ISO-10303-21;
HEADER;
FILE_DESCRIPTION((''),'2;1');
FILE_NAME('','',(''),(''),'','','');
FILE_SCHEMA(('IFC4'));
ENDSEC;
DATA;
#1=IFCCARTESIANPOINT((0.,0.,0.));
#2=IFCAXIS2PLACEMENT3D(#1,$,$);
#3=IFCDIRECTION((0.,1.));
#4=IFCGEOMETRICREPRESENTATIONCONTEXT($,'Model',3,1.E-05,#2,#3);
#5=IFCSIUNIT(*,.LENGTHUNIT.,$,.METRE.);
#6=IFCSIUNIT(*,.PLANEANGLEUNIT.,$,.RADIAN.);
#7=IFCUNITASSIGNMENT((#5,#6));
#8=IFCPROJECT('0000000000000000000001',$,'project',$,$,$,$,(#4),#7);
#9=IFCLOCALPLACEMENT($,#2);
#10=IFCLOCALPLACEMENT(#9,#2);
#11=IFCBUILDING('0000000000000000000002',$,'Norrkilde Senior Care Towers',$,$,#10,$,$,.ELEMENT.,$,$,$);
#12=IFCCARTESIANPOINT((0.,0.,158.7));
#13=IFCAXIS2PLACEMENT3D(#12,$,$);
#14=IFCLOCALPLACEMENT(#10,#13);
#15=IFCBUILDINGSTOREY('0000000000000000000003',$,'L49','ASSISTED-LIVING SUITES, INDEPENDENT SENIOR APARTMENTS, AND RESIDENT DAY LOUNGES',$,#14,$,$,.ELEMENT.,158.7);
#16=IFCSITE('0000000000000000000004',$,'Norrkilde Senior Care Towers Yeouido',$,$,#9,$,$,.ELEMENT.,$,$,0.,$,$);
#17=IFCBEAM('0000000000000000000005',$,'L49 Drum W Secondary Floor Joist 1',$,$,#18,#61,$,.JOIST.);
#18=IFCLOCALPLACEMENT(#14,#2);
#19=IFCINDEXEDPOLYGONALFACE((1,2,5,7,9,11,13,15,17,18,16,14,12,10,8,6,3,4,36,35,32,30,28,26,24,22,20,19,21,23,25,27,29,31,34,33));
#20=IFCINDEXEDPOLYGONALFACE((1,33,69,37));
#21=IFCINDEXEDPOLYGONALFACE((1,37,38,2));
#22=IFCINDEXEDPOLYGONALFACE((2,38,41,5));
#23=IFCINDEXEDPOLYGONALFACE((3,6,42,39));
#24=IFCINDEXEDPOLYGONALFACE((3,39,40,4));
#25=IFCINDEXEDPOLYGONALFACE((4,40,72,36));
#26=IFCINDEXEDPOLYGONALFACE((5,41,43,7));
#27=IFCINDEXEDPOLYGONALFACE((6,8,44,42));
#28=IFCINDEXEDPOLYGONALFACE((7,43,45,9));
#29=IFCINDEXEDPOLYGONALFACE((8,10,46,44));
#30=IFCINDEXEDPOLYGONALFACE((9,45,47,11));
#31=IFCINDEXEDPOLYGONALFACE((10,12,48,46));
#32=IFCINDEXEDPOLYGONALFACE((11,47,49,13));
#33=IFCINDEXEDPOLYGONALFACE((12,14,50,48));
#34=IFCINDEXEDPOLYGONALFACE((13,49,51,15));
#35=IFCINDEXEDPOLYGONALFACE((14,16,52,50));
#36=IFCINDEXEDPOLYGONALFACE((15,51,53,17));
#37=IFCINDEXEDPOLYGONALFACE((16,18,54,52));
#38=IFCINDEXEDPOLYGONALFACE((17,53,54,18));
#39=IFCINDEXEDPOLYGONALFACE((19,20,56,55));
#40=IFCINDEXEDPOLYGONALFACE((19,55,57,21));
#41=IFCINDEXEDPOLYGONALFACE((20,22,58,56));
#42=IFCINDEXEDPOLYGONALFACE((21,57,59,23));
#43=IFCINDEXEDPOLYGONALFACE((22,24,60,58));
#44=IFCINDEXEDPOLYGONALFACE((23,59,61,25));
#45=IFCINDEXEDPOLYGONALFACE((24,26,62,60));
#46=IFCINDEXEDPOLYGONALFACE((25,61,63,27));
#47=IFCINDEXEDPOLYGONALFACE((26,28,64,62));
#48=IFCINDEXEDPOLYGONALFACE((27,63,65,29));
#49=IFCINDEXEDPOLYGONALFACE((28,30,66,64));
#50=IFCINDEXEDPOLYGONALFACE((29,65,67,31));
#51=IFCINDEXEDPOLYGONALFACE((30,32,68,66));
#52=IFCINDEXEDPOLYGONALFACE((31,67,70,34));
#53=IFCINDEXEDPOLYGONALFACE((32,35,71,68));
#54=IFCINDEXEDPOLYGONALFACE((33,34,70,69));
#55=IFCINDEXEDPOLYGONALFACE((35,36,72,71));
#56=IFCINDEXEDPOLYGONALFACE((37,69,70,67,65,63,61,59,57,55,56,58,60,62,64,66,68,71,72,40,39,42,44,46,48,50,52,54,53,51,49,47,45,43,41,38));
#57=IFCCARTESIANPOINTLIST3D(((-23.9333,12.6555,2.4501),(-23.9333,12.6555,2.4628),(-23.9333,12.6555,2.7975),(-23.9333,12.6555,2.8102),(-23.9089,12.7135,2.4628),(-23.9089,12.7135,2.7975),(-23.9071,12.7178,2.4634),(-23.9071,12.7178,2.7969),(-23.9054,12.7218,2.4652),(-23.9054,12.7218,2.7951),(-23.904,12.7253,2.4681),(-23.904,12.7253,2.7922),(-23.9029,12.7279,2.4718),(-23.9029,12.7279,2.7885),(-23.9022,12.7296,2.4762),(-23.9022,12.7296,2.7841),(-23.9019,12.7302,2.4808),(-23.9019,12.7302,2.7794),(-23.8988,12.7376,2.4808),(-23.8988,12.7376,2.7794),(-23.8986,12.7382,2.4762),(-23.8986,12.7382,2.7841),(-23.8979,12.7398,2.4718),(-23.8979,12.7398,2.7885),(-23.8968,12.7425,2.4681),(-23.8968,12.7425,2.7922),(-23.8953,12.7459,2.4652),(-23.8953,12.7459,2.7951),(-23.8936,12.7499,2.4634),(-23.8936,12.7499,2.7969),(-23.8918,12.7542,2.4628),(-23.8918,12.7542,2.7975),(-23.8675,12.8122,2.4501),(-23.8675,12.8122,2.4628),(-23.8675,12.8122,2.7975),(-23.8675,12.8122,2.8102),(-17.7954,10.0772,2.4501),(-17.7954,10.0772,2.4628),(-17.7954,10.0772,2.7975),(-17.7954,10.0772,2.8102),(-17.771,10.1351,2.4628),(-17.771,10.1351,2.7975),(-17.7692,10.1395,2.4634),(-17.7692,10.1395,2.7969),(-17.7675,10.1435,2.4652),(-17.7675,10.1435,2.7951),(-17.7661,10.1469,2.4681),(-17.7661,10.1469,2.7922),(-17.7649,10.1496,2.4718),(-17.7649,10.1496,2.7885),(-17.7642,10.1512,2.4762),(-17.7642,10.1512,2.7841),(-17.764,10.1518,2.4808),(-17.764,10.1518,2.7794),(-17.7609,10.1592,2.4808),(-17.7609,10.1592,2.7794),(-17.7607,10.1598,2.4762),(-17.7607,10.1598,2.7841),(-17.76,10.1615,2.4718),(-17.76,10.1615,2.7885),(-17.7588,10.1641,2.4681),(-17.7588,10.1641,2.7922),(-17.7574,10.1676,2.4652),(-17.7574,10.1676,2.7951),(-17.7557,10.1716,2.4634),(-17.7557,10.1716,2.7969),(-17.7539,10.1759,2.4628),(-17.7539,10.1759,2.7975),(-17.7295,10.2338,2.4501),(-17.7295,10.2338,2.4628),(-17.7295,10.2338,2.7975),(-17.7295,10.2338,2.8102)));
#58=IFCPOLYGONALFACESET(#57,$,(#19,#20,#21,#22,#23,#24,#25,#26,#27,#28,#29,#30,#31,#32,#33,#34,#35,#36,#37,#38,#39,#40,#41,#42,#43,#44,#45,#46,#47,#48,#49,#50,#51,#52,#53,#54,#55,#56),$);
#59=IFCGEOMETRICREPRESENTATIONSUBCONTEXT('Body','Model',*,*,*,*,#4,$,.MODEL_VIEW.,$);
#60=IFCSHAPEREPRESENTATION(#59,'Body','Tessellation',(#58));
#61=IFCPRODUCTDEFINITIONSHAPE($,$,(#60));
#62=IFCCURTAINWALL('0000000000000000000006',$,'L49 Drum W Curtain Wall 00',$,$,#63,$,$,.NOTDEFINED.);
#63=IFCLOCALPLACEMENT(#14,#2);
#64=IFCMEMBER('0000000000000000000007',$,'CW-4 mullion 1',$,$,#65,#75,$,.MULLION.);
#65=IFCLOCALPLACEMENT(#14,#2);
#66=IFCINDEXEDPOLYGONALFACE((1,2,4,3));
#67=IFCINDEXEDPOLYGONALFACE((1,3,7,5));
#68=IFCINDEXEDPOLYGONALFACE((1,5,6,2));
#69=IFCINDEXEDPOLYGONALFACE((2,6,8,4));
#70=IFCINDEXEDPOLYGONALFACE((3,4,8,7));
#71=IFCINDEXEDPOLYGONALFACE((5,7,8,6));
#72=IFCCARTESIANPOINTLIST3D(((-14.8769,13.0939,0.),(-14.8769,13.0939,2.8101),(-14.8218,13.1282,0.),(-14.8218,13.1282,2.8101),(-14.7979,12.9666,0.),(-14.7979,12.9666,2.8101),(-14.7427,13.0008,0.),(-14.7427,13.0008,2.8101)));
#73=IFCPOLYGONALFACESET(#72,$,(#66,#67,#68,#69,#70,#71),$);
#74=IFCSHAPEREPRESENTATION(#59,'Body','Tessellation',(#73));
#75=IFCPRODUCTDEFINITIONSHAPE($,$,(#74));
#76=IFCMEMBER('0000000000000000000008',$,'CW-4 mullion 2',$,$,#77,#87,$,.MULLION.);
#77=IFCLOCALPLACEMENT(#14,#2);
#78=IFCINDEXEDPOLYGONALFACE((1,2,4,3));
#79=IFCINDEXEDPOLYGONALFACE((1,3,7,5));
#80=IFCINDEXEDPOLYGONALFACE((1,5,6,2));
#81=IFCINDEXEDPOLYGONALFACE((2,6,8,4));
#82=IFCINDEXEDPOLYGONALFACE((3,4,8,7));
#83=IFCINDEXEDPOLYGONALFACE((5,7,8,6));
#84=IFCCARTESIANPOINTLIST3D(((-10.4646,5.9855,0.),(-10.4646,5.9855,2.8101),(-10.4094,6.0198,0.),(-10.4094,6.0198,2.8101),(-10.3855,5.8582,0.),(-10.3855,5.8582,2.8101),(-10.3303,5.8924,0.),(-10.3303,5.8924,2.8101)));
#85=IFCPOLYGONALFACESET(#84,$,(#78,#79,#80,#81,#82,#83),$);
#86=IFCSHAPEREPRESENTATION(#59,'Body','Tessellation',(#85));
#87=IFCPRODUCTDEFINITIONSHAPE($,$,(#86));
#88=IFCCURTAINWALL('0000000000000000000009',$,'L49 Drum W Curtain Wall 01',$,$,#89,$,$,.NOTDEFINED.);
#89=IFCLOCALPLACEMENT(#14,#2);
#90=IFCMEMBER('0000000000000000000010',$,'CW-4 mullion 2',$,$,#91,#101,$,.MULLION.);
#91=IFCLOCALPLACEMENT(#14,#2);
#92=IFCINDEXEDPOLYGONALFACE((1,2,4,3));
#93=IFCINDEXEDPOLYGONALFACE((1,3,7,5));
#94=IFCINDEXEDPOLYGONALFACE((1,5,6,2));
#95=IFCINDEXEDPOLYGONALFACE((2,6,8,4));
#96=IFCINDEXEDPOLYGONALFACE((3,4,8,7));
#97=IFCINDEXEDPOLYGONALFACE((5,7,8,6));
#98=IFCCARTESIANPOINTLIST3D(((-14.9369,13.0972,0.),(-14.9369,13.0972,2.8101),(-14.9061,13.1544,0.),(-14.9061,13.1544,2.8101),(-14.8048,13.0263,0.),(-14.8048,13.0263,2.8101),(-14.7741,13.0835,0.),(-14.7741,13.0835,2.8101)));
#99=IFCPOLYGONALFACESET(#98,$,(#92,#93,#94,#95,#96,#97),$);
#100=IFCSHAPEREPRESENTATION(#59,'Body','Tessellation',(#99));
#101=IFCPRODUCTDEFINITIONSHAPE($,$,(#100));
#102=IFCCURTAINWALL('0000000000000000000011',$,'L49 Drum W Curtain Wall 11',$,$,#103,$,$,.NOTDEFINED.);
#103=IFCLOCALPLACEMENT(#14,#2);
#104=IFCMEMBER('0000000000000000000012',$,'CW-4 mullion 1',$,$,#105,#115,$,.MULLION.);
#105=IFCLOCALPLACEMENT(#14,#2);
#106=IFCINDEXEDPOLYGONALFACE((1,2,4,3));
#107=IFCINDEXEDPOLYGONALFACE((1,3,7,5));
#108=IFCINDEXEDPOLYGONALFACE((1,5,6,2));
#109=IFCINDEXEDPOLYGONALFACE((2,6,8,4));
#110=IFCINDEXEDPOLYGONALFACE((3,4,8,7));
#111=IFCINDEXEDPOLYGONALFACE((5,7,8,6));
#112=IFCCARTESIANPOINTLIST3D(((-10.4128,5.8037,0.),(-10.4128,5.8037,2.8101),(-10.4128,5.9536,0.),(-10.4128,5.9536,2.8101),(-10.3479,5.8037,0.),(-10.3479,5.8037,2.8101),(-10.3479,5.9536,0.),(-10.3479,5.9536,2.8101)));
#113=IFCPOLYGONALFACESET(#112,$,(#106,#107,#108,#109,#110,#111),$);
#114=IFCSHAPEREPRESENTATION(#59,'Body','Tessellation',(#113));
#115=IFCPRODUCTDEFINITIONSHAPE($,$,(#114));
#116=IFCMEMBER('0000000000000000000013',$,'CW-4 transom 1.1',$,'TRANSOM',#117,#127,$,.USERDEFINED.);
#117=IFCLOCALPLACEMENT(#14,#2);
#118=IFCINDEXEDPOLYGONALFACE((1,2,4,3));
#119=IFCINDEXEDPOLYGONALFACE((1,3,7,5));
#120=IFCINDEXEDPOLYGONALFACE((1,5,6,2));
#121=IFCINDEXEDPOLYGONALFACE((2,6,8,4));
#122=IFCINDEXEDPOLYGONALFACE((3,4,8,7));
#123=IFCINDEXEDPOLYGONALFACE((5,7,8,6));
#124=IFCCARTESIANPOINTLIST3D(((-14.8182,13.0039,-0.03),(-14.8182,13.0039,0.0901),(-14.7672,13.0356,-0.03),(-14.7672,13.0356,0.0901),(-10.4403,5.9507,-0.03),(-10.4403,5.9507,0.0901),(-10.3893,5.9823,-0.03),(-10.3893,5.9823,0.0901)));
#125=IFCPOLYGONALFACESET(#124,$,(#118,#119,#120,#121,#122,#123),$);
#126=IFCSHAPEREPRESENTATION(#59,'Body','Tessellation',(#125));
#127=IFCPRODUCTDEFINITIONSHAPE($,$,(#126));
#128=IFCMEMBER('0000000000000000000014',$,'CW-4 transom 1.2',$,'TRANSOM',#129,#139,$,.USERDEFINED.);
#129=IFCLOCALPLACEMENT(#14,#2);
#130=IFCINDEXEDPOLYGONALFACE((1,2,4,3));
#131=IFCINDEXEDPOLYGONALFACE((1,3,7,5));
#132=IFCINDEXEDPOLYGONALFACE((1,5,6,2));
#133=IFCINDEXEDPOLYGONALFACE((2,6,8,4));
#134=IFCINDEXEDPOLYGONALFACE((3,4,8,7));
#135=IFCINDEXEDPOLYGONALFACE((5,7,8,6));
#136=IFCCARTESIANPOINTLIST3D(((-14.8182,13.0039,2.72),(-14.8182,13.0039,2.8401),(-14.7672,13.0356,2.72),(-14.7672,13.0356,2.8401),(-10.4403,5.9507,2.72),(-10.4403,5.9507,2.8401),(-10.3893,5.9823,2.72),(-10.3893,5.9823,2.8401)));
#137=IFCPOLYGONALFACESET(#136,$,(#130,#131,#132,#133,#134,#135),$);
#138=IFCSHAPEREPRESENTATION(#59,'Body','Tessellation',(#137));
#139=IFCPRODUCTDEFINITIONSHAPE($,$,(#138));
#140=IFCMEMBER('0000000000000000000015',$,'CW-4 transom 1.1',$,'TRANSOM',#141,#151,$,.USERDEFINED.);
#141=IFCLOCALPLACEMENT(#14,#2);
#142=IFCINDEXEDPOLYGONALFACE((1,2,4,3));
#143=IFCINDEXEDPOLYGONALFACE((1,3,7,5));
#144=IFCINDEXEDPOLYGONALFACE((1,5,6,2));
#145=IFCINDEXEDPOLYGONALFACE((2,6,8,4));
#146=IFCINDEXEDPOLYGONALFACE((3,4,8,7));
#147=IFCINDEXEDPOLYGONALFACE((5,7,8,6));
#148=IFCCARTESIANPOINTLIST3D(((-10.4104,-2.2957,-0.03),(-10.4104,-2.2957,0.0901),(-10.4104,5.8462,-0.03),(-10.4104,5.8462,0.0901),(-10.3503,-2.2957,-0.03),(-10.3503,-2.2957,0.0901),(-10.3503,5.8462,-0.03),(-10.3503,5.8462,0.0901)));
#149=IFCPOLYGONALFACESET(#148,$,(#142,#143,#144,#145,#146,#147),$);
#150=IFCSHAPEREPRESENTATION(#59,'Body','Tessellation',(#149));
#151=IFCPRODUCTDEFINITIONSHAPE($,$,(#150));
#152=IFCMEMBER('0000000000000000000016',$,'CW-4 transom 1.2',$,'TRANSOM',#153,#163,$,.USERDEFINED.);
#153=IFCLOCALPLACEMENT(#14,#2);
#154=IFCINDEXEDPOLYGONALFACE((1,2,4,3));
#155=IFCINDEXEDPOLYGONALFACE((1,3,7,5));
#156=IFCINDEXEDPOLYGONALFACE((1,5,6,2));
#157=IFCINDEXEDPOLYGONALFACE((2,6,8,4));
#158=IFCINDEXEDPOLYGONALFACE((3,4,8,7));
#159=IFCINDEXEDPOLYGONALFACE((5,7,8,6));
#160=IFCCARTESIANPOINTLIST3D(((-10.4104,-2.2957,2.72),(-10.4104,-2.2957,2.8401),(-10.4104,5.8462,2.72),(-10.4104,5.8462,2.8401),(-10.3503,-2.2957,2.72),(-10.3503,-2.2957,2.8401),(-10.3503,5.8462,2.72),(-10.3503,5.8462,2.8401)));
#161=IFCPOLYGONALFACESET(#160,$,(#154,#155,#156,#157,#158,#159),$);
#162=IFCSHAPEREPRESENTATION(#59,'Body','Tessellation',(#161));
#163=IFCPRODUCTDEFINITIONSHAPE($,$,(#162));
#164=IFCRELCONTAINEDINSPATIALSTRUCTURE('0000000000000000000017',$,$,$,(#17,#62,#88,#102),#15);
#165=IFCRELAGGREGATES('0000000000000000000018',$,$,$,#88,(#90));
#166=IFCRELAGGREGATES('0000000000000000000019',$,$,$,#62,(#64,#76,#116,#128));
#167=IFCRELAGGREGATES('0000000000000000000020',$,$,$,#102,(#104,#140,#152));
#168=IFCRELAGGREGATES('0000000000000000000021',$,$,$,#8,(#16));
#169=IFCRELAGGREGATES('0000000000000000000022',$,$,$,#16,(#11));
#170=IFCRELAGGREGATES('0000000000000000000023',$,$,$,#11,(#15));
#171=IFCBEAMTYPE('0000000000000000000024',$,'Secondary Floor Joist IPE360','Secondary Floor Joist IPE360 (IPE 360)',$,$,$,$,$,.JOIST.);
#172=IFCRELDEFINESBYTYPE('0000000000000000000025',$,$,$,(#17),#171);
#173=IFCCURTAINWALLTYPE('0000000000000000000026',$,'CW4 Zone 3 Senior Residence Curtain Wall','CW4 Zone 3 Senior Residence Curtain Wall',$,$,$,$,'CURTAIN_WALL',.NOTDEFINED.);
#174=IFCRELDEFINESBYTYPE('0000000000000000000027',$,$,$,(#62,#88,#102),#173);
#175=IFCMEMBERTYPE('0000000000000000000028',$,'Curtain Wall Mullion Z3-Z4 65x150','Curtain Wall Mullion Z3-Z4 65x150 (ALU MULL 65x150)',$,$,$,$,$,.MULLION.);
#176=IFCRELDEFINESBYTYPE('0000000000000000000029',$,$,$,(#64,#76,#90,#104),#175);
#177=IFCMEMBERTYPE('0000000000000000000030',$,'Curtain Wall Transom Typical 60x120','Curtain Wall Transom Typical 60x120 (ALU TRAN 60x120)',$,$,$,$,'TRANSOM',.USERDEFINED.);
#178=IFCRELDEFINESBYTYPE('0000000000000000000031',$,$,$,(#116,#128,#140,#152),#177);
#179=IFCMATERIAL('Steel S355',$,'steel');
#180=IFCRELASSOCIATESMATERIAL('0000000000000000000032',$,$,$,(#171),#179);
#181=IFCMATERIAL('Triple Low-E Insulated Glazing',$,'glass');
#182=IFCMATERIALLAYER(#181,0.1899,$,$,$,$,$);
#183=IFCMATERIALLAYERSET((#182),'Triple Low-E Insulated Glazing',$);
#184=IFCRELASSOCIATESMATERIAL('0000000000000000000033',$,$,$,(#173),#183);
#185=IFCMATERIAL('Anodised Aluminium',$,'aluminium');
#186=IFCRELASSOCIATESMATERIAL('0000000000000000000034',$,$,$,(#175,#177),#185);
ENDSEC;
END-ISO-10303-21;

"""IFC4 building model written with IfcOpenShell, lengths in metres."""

from ifc_helpers import new_model, si_unit, direction, frame, origin, origin_2d, place, context, subcontext, project, spatial, rectangle, i_section, extrude, source, transform, mapped, material, layer, layer_set, material_profile, profile_set, type_object, type_shapes, element, aggregate, save


model = new_model("IFC4")

# Units and contexts
model_context = context("Model", 3, precision=1e-05, world=origin(), true_north=direction((0.0, 1.0)))
body_context = subcontext(model_context, "Body", "Model", "MODEL_VIEW")
ifc_project = project(units=[si_unit("LENGTHUNIT", "METRE"), si_unit("PLANEANGLEUNIT", "RADIAN")], contexts=[model_context])

# Site, building, storey
site_placement = place(None, origin())
site = spatial("IfcSite", under=ifc_project, at=site_placement, Name="Norrkilde Senior Care Towers Yeouido", CompositionType="ELEMENT", RefElevation=0.0)
building_placement = place(site_placement, origin())
building = spatial("IfcBuilding", under=site, at=building_placement, Name="Norrkilde Senior Care Towers", CompositionType="ELEMENT")
storey_placement = place(building_placement, frame((0.0, 0.0, 158.7)))
storey = spatial("IfcBuildingStorey", under=building, at=storey_placement, Name="L49", Description="ASSISTED-LIVING SUITES, INDEPENDENT SENIOR APARTMENTS, AND RESIDENT DAY LOUNGES", CompositionType="ELEMENT", Elevation=158.7)

# Beam
ifc_material_1 = material(Name="Steel S355", Category="steel")
ifc_material_profile_1 = material_profile(ifc_material_1, i_section(OverallWidth=0.1699, OverallDepth=0.3601, WebThickness=0.0081, FlangeThickness=0.0127, FilletRadius=0.0181, at=origin_2d()), Name="IPE 360")
ifc_profile_set_1 = profile_set([ifc_material_profile_1], Name="Steel S355")
beam_type_1 = type_object("IfcBeamType", Name="Secondary Floor Joist IPE360", Description="Secondary Floor Joist IPE360 (IPE 360)", PredefinedType="JOIST", material=ifc_profile_set_1)
shared_shape_1 = source(origin(), body_context, "Body", "SweptSolid", [
    extrude(i_section(OverallWidth=0.1699, OverallDepth=0.3601, WebThickness=0.0081, FlangeThickness=0.0127, FilletRadius=0.0181, at=origin_2d()), origin(), (0.0, 0.0, 1.0), 6.6575),
])
type_shapes(beam_type_1, [shared_shape_1])
beam_1_placement = place(storey_placement, frame((-17.7625, 10.1555, 2.6301), z_axis=(-0.921959, 0.387288, 0.0), x_axis=(-0.387288, -0.921959, 0.0)))
element("IfcBeam", 1, at=beam_1_placement, inside=storey, type_object=beam_type_1, Name="L49 Drum W Secondary Floor Joist 1", PredefinedType="JOIST", context=body_context, shape_type="MappedRepresentation", body=[
    mapped(shared_shape_1, transform((0.0, 0.0, 0.0), x_axis=(1.0, 0.0, 0.0), y_axis=(0.0, 1.0, 0.0), z_axis=(0.0, 0.0, 1.0), scale=1.0)),
])

# Curtain wall, members
ifc_material_2 = material(Name="Triple Low-E Insulated Glazing", Category="glass")
ifc_layer_1 = layer(ifc_material_2, 0.1899)
ifc_layer_set_1 = layer_set([ifc_layer_1], Name="Triple Low-E Insulated Glazing")
curtain_wall_type = type_object("IfcCurtainWallType", Name="CW4 Zone 3 Senior Residence Curtain Wall", Description="CW4 Zone 3 Senior Residence Curtain Wall", ElementType="CURTAIN_WALL", PredefinedType="NOTDEFINED", material=ifc_layer_set_1)
curtain_wall_1_placement = place(storey_placement, origin())
curtain_wall_1 = element("IfcCurtainWall", 2, at=curtain_wall_1_placement, inside=storey, type_object=curtain_wall_type, Name="L49 Drum W Curtain Wall 00", PredefinedType="NOTDEFINED")
ifc_material_3 = material(Name="Anodised Aluminium", Category="aluminium")
ifc_material_profile_2 = material_profile(ifc_material_3, rectangle(XDim=0.0649, YDim=0.1499, at=origin_2d()), Name="ALU MULL 65x150")
ifc_profile_set_2 = profile_set([ifc_material_profile_2], Name="Anodised Aluminium")
member_type_1 = type_object("IfcMemberType", Name="Curtain Wall Mullion Z3-Z4 65x150", Description="Curtain Wall Mullion Z3-Z4 65x150 (ALU MULL 65x150)", PredefinedType="MULLION", material=ifc_profile_set_2)
shared_shape_2 = source(origin(), body_context, "Body", "SweptSolid", [
    extrude(rectangle(XDim=0.0649, YDim=0.1499, at=origin_2d()), origin(), (0.0, 0.0, 1.0), 2.8101),
])
type_shapes(member_type_1, [shared_shape_2])
member_1_placement = place(storey_placement, frame((-14.8098, 13.0474, 0.0), z_axis=(0.0, 0.0, 1.0), x_axis=(0.849634, 0.527373, 0.0)))
member_1 = element("IfcMember", 3, at=member_1_placement, type_object=member_type_1, Name="CW-4 mullion 1", PredefinedType="MULLION", context=body_context, shape_type="MappedRepresentation", body=[
    mapped(shared_shape_2, transform((0.0, 0.0, 0.0), x_axis=(1.0, 0.0, 0.0), y_axis=(0.0, 1.0, 0.0), z_axis=(0.0, 0.0, 1.0), scale=1.0)),
])
member_2_placement = place(storey_placement, frame((-10.3975, 5.939, 0.0), z_axis=(0.0, 0.0, 1.0), x_axis=(0.849634, 0.527373, 0.0)))
member_2 = element("IfcMember", 4, at=member_2_placement, type_object=member_type_1, Name="CW-4 mullion 2", PredefinedType="MULLION", context=body_context, shape_type="MappedRepresentation", body=[
    mapped(shared_shape_2, transform((0.0, 0.0, 0.0), x_axis=(1.0, 0.0, 0.0), y_axis=(0.0, 1.0, 0.0), z_axis=(0.0, 0.0, 1.0), scale=1.0)),
])

# Curtain walls, members
curtain_wall_2_placement = place(storey_placement, origin())
curtain_wall_2 = element("IfcCurtainWall", 5, at=curtain_wall_2_placement, inside=storey, type_object=curtain_wall_type, Name="L49 Drum W Curtain Wall 01", PredefinedType="NOTDEFINED")
member_3_placement = place(storey_placement, frame((-14.8555, 13.0903, 0.0), z_axis=(0.0, 0.0, 1.0), x_axis=(0.473117, 0.881, 0.0)))
member_3 = element("IfcMember", 6, at=member_3_placement, type_object=member_type_1, Name="CW-4 mullion 2", PredefinedType="MULLION", context=body_context, shape_type="MappedRepresentation", body=[
    mapped(shared_shape_2, transform((0.0, 0.0, 0.0), x_axis=(1.0, 0.0, 0.0), y_axis=(0.0, 1.0, 0.0), z_axis=(0.0, 0.0, 1.0), scale=1.0)),
])
aggregate(curtain_wall_2, [member_3])
curtain_wall_3_placement = place(storey_placement, origin())
curtain_wall_3 = element("IfcCurtainWall", 7, at=curtain_wall_3_placement, inside=storey, type_object=curtain_wall_type, Name="L49 Drum W Curtain Wall 11", PredefinedType="NOTDEFINED")
member_4_placement = place(storey_placement, frame((-10.3804, 5.8787, 0.0), z_axis=(0.0, 0.0, 1.0), x_axis=(1.0, 0.0, 0.0)))
member_4 = element("IfcMember", 8, at=member_4_placement, type_object=member_type_1, Name="CW-4 mullion 1", PredefinedType="MULLION", context=body_context, shape_type="MappedRepresentation", body=[
    mapped(shared_shape_2, transform((0.0, 0.0, 0.0), x_axis=(1.0, 0.0, 0.0), y_axis=(0.0, 1.0, 0.0), z_axis=(0.0, 0.0, 1.0), scale=1.0)),
])

# Members
ifc_material_profile_3 = material_profile(ifc_material_3, rectangle(XDim=0.0601, YDim=0.1201, at=origin_2d()), Name="ALU TRAN 60x120")
ifc_profile_set_3 = profile_set([ifc_material_profile_3], Name="Anodised Aluminium")
member_type_2 = type_object("IfcMemberType", Name="Curtain Wall Transom Typical 60x120", Description="Curtain Wall Transom Typical 60x120 (ALU TRAN 60x120)", ElementType="TRANSOM", PredefinedType="USERDEFINED", material=ifc_profile_set_3)
shared_shape_3 = source(origin(), body_context, "Body", "SweptSolid", [
    extrude(rectangle(XDim=0.0601, YDim=0.1201, at=origin_2d()), origin(), (0.0, 0.0, 1.0), 8.3015),
])
member_5_placement = place(storey_placement, frame((-14.7927, 13.0198, 0.03), z_axis=(0.527369, -0.849637, 0.0), x_axis=(0.849637, 0.527369, 0.0)))
member_5 = element("IfcMember", 9, at=member_5_placement, type_object=member_type_2, Name="CW-4 transom 1.1", ObjectType="TRANSOM", PredefinedType="USERDEFINED", context=body_context, shape_type="MappedRepresentation", body=[
    mapped(shared_shape_3, transform((0.0, 0.0, 0.0), x_axis=(1.0, 0.0, 0.0), y_axis=(0.0, 1.0, 0.0), z_axis=(0.0, 0.0, 1.0), scale=1.0)),
])
member_6_placement = place(storey_placement, frame((-14.7927, 13.0198, 2.78), z_axis=(0.527369, -0.849637, 0.0), x_axis=(0.849637, 0.527369, 0.0)))
member_6 = element("IfcMember", 10, at=member_6_placement, type_object=member_type_2, Name="CW-4 transom 1.2", ObjectType="TRANSOM", PredefinedType="USERDEFINED", context=body_context, shape_type="MappedRepresentation", body=[
    mapped(shared_shape_3, transform((0.0, 0.0, 0.0), x_axis=(1.0, 0.0, 0.0), y_axis=(0.0, 1.0, 0.0), z_axis=(0.0, 0.0, 1.0), scale=1.0)),
])
shared_shape_4 = source(origin(), body_context, "Body", "SweptSolid", [
    extrude(rectangle(XDim=0.0601, YDim=0.1201, at=origin_2d()), origin(), (0.0, 0.0, 1.0), 8.1418),
])
type_shapes(member_type_2, [shared_shape_3, shared_shape_4])
member_7_placement = place(storey_placement, frame((-10.3804, 5.8462, 0.03), z_axis=(0.0, -1.0, 0.0), x_axis=(1.0, 0.0, 0.0)))
member_7 = element("IfcMember", 11, at=member_7_placement, type_object=member_type_2, Name="CW-4 transom 1.1", ObjectType="TRANSOM", PredefinedType="USERDEFINED", context=body_context, shape_type="MappedRepresentation", body=[
    mapped(shared_shape_4, transform((0.0, 0.0, 0.0), x_axis=(1.0, 0.0, 0.0), y_axis=(0.0, 1.0, 0.0), z_axis=(0.0, 0.0, 1.0), scale=1.0)),
])
member_8_placement = place(storey_placement, frame((-10.3804, 5.8462, 2.78), z_axis=(0.0, -1.0, 0.0), x_axis=(1.0, 0.0, 0.0)))
member_8 = element("IfcMember", 12, at=member_8_placement, type_object=member_type_2, Name="CW-4 transom 1.2", ObjectType="TRANSOM", PredefinedType="USERDEFINED", context=body_context, shape_type="MappedRepresentation", body=[
    mapped(shared_shape_4, transform((0.0, 0.0, 0.0), x_axis=(1.0, 0.0, 0.0), y_axis=(0.0, 1.0, 0.0), z_axis=(0.0, 0.0, 1.0), scale=1.0)),
])

aggregate(curtain_wall_1, [member_1, member_2, member_5, member_6])
aggregate(curtain_wall_3, [member_4, member_7, member_8])

save(model, "model.ifc")
